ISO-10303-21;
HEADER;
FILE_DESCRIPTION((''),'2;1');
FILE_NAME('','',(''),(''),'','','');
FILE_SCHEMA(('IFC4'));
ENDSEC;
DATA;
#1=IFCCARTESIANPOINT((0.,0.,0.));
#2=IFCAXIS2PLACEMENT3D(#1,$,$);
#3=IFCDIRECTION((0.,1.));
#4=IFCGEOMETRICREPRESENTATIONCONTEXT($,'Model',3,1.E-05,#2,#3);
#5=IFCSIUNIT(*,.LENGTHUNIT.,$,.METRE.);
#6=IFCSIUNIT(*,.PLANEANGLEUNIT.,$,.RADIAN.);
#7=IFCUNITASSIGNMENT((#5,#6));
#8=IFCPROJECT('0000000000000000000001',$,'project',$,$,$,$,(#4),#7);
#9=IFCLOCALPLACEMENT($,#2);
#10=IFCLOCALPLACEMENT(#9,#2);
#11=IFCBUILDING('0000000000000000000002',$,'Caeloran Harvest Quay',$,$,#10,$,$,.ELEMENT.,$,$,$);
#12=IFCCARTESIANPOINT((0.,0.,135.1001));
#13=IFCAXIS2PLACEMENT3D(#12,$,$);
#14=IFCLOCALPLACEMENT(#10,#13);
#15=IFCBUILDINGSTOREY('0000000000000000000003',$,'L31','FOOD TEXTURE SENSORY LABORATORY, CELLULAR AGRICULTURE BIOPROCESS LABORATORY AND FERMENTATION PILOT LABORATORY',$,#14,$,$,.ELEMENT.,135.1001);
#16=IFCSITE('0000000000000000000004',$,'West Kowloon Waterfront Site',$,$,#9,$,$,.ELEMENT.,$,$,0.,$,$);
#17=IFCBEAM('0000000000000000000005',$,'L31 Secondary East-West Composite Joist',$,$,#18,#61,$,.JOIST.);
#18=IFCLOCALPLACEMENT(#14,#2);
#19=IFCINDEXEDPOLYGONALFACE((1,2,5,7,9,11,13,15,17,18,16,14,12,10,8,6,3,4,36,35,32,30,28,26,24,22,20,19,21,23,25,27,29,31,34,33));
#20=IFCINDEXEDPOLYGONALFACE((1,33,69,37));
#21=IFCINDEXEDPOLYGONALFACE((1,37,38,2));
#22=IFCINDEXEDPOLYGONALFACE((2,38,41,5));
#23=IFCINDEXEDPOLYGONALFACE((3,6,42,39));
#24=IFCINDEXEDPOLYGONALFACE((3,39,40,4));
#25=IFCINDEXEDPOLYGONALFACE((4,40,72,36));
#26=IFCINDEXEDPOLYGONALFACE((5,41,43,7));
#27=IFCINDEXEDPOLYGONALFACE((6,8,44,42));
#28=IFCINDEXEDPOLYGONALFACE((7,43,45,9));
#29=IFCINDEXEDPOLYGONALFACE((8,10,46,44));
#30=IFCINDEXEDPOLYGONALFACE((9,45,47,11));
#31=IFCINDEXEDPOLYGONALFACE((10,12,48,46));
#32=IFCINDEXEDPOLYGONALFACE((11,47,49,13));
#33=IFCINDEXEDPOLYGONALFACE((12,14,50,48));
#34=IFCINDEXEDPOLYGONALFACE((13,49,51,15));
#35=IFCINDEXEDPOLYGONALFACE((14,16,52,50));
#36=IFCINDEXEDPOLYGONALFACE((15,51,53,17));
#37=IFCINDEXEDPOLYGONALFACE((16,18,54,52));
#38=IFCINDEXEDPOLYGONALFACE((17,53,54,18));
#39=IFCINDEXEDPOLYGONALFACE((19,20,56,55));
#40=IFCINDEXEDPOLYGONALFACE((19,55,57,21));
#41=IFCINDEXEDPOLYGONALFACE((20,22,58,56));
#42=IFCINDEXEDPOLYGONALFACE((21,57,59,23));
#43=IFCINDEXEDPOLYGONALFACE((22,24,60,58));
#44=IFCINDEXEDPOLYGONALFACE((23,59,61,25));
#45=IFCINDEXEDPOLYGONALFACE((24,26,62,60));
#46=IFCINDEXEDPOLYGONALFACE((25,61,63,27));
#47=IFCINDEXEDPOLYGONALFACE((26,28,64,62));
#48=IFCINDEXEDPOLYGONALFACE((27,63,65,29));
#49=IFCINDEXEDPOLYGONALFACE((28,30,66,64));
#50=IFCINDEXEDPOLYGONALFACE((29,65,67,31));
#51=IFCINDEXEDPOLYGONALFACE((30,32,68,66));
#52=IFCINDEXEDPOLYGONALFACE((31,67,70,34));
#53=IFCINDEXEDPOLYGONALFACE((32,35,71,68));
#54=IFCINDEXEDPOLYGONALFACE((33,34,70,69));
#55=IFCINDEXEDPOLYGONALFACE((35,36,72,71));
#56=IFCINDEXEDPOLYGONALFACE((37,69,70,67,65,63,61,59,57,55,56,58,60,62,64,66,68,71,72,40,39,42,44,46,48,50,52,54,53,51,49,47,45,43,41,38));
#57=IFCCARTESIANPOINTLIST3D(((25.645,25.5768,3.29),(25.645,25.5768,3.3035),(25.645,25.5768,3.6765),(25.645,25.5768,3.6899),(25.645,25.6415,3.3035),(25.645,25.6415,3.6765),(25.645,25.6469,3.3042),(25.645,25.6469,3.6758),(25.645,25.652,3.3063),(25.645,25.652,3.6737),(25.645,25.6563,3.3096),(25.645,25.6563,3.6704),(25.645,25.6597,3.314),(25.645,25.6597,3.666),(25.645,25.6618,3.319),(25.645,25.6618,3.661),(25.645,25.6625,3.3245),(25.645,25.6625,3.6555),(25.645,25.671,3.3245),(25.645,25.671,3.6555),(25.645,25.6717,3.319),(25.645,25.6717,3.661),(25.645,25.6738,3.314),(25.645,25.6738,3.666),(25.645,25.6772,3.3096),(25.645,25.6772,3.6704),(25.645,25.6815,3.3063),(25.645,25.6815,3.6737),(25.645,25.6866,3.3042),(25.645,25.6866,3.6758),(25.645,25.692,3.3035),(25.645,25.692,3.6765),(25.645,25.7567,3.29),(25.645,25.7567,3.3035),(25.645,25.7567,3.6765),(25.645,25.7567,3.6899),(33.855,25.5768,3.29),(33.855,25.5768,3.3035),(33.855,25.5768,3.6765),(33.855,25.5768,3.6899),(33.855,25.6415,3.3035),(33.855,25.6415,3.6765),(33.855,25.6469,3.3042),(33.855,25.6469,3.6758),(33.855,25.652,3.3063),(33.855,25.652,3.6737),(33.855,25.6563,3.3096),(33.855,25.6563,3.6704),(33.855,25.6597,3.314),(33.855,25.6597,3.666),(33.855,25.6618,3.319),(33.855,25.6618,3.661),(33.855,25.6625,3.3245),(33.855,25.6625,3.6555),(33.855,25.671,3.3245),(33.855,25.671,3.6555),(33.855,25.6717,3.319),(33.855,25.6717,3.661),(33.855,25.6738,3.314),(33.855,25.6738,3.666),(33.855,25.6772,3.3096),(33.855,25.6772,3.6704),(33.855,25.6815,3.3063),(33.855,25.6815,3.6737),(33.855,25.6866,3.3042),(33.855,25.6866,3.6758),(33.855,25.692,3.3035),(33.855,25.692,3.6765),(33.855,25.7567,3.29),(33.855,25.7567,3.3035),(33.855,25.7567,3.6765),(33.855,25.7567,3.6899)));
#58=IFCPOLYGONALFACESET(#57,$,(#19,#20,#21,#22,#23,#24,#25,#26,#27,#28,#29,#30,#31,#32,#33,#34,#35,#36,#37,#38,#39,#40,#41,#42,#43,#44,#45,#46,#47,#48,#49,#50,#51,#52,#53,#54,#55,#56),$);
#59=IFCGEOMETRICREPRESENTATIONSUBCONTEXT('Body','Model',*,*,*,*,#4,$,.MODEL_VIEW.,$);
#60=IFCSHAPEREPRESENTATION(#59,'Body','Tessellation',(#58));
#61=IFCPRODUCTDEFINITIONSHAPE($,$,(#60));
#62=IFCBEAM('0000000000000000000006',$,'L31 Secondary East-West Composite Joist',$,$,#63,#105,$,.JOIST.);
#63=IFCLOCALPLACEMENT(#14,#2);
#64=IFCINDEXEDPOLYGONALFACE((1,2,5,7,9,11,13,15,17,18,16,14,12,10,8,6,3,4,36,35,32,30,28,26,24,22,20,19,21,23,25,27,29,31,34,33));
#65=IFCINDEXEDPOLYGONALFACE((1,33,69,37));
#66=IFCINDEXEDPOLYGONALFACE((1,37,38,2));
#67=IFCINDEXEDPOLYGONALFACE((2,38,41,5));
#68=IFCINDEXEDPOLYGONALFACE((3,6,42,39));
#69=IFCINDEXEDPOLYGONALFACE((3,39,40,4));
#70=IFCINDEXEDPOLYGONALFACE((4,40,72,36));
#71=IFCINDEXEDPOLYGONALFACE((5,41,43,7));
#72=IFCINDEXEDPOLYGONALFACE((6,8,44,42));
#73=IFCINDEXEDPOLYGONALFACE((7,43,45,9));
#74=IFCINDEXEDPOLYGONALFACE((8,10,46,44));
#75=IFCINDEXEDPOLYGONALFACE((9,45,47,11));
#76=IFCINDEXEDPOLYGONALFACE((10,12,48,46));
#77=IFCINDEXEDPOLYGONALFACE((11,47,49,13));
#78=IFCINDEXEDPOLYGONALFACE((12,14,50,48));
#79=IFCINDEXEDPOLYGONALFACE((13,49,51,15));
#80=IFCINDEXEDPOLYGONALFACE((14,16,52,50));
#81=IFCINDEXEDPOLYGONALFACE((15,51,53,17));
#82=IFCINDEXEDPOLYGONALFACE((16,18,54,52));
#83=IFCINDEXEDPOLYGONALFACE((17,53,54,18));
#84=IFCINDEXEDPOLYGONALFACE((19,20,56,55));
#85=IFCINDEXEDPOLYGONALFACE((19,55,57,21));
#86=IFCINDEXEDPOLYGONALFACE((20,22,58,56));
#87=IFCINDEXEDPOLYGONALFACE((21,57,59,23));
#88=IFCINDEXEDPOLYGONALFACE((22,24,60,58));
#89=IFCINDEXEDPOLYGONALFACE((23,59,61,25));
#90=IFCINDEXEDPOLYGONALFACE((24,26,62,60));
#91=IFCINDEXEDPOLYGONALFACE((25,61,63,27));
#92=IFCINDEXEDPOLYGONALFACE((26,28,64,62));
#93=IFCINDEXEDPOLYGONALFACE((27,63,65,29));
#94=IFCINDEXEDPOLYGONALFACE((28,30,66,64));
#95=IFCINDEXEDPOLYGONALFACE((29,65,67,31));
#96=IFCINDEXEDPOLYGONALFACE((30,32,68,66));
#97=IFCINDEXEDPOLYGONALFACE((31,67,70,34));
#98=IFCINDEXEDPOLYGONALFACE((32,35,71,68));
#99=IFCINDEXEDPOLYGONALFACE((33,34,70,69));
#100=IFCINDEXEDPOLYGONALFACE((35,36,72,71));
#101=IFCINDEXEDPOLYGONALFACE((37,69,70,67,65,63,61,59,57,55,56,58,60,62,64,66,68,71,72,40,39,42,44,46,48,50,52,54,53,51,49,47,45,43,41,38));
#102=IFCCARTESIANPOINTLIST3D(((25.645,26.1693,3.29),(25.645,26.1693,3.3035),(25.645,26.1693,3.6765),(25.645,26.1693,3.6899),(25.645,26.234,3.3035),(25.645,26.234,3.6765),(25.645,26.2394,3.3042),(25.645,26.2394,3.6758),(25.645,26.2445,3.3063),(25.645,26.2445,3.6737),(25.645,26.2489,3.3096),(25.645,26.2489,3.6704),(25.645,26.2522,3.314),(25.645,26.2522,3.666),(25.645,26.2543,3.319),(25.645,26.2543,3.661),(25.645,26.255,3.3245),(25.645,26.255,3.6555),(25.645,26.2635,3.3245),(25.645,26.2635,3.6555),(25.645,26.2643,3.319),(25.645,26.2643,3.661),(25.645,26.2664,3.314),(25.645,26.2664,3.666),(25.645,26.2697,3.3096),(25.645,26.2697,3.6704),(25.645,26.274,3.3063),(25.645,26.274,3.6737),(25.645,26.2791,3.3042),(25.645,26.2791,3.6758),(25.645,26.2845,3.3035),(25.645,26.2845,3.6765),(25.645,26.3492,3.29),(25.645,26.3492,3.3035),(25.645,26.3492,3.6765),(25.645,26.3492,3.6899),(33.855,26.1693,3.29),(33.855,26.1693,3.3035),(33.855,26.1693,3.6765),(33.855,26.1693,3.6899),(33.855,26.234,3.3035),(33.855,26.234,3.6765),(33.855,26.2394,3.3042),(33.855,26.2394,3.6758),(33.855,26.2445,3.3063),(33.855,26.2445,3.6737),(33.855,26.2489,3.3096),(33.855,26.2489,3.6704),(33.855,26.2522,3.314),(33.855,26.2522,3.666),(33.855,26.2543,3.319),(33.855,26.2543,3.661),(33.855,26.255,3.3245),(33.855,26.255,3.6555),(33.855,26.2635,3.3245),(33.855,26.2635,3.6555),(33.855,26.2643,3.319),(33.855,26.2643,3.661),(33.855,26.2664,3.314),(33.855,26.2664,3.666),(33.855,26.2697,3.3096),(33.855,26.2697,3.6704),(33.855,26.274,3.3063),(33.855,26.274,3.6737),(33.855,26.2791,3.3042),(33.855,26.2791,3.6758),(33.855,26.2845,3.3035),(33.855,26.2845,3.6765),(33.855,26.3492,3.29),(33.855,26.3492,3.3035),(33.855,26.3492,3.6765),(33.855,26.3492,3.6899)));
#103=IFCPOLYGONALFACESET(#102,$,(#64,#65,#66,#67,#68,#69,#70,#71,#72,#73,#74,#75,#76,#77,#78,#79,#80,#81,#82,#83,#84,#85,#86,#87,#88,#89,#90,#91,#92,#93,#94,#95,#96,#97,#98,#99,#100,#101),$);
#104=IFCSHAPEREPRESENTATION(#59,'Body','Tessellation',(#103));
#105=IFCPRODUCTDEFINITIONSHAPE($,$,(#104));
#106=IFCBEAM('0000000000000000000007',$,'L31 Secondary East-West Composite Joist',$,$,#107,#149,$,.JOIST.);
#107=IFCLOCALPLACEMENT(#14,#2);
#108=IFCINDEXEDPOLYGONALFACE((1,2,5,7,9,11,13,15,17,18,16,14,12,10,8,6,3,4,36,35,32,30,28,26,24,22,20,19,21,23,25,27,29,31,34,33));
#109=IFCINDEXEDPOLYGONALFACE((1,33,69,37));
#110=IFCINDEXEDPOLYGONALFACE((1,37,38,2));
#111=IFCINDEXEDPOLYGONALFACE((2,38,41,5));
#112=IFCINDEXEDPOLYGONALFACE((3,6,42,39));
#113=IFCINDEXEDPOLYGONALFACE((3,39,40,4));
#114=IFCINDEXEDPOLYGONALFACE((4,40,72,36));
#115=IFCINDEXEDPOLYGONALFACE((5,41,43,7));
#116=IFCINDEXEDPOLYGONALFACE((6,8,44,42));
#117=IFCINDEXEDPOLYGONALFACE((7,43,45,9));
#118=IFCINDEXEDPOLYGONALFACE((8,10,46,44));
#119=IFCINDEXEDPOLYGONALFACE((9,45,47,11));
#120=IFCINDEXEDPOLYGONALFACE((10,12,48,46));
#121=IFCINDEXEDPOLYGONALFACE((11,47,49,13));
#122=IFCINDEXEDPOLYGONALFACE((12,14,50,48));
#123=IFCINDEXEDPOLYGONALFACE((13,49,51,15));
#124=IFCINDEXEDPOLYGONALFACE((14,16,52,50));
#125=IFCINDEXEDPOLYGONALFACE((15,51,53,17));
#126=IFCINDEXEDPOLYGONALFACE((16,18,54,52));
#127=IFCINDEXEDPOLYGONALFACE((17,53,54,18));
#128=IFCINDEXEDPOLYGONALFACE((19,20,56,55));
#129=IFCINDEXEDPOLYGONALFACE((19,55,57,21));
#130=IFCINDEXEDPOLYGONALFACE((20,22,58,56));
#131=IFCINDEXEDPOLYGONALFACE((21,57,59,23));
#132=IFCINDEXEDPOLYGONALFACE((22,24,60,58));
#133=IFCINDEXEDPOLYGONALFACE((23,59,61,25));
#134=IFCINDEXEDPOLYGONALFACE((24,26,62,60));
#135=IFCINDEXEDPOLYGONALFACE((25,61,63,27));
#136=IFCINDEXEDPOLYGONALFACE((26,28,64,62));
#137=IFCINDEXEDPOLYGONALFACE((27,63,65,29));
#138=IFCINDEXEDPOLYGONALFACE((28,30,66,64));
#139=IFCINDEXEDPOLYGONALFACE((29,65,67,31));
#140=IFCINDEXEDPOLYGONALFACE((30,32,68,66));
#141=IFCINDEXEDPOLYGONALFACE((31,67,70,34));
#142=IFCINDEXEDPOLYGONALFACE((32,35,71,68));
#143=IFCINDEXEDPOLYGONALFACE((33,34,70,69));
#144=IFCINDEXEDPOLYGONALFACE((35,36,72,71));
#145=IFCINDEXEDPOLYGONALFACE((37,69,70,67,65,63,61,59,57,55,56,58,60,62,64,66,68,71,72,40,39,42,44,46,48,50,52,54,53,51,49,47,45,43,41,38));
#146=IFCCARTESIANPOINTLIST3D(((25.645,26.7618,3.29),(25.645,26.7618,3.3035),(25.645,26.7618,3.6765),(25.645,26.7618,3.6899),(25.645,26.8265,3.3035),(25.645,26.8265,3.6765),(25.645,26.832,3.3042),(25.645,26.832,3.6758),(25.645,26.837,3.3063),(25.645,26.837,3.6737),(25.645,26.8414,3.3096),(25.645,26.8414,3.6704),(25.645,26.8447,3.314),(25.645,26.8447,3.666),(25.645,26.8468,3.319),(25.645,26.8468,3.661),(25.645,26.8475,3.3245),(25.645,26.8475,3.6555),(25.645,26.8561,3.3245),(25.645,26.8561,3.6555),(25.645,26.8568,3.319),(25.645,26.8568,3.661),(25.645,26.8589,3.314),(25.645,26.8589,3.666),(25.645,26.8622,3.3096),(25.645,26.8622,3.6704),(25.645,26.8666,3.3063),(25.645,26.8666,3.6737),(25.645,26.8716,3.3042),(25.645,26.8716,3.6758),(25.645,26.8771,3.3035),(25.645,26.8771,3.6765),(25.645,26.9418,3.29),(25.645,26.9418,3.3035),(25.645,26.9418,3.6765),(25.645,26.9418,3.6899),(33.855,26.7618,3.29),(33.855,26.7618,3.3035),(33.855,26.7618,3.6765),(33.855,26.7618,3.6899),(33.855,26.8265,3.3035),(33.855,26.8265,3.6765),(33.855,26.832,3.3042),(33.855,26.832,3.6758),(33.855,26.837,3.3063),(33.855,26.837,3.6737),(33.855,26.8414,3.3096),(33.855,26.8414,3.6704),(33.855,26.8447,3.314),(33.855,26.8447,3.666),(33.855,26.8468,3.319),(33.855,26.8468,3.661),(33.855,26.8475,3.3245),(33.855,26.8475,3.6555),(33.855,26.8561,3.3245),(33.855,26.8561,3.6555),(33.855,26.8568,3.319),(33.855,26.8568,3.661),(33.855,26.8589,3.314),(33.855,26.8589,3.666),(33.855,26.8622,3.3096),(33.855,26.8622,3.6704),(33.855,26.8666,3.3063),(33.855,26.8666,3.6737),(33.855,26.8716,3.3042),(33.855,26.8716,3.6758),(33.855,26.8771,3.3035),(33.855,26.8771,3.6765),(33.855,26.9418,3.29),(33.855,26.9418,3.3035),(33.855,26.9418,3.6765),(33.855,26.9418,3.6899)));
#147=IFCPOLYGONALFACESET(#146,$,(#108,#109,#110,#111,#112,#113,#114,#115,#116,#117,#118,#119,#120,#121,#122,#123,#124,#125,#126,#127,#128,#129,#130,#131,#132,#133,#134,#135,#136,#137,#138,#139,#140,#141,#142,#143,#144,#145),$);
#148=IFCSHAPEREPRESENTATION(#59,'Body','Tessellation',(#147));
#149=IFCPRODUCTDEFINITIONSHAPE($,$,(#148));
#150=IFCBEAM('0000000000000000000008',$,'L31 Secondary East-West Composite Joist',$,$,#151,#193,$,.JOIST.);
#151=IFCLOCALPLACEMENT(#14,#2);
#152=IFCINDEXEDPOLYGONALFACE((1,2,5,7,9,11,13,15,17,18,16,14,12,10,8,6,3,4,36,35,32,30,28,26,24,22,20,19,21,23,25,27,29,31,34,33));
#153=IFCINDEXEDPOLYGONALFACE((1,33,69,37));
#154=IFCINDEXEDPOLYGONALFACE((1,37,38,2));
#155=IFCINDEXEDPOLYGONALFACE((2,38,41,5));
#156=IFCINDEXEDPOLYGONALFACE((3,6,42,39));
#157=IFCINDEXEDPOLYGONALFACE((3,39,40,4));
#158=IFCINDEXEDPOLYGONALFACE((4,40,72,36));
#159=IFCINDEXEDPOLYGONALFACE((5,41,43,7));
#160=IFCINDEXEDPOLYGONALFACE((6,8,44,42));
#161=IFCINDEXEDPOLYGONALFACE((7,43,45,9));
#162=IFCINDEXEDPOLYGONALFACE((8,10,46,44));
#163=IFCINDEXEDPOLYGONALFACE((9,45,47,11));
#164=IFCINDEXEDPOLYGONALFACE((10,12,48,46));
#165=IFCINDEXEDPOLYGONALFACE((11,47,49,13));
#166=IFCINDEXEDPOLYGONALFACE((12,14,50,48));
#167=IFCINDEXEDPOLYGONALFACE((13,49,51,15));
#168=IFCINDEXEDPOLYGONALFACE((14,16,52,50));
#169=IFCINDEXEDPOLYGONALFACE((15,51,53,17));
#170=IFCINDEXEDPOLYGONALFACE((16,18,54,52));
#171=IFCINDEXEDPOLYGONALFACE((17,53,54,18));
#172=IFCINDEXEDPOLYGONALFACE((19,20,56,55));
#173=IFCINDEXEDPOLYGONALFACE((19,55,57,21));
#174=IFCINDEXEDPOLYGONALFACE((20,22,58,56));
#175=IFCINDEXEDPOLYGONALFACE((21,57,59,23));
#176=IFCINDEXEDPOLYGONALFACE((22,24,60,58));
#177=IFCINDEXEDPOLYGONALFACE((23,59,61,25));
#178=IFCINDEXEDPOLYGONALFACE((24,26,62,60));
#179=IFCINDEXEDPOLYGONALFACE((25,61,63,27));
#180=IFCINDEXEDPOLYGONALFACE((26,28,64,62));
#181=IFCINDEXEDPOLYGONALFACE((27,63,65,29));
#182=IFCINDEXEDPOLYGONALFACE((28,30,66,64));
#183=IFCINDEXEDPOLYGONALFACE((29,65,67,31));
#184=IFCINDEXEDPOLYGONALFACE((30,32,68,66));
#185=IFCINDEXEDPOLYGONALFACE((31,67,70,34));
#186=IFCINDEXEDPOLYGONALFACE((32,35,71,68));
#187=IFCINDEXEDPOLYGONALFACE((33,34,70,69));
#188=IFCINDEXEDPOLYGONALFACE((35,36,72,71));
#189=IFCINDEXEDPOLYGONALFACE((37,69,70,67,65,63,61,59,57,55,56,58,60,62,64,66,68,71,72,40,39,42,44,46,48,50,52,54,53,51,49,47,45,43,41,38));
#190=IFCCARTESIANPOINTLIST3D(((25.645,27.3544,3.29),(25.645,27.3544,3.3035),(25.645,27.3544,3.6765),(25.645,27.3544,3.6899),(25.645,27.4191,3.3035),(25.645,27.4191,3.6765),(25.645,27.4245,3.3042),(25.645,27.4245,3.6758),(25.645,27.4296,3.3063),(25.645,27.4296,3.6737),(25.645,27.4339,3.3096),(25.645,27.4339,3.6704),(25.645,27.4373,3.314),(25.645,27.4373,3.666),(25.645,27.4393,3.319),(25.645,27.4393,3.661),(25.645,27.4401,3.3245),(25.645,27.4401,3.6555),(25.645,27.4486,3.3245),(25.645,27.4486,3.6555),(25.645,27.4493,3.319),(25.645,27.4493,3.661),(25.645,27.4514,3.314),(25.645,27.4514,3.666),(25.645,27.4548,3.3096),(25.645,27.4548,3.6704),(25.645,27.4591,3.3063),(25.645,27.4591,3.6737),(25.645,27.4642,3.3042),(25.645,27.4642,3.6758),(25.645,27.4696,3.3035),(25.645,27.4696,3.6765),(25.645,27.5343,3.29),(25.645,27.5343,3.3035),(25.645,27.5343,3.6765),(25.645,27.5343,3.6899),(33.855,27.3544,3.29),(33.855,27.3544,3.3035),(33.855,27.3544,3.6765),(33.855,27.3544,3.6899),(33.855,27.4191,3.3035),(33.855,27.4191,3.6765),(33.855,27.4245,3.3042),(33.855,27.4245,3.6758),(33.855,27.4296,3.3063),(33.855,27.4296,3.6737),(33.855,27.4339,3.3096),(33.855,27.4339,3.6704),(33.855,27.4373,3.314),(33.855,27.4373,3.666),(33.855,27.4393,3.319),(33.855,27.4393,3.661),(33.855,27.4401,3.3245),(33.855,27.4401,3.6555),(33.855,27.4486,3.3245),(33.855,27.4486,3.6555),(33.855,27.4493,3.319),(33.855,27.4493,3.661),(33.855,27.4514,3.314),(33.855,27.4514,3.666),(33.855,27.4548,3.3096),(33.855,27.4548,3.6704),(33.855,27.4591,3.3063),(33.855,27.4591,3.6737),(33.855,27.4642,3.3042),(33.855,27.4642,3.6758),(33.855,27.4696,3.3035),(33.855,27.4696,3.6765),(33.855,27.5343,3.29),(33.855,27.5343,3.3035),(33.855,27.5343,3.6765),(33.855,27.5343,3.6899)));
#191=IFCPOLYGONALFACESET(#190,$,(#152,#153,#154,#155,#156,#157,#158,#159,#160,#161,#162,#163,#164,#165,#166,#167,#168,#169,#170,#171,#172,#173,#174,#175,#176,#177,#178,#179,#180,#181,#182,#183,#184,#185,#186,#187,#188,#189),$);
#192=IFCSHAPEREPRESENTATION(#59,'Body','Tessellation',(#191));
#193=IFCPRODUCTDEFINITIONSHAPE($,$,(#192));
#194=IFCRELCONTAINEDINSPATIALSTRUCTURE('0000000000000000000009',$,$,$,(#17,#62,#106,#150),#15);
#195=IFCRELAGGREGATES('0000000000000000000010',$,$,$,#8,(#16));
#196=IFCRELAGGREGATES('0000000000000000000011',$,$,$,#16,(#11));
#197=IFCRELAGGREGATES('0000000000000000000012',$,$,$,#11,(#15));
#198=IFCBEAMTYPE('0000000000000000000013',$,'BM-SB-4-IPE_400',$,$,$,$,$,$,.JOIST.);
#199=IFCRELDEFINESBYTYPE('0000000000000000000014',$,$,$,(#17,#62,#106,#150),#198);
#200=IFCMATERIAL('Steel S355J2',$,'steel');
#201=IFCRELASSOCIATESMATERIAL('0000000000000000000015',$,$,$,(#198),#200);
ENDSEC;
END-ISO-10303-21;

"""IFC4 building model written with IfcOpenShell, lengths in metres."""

from ifc_helpers import new_model, si_unit, direction, frame, origin, origin_2d, place, context, subcontext, project, spatial, i_section, extrude, material, material_profile, profile_set, type_object, element, save


model = new_model("IFC4")

# Units and contexts
model_context = context("Model", 3, precision=1e-05, world=origin(), true_north=direction((0.0, 1.0)))
body_context = subcontext(model_context, "Body", "Model", "MODEL_VIEW")
ifc_project = project(units=[si_unit("LENGTHUNIT", "METRE"), si_unit("PLANEANGLEUNIT", "RADIAN")], contexts=[model_context])

# Site, building, storey
site_placement = place(None, origin())
site = spatial("IfcSite", under=ifc_project, at=site_placement, Name="West Kowloon Waterfront Site", CompositionType="ELEMENT", RefElevation=0.0)
building_placement = place(site_placement, origin())
building = spatial("IfcBuilding", under=site, at=building_placement, Name="Caeloran Harvest Quay", CompositionType="ELEMENT")
storey_placement = place(building_placement, frame((0.0, 0.0, 135.1001)))
storey = spatial("IfcBuildingStorey", under=building, at=storey_placement, Name="L31", Description="FOOD TEXTURE SENSORY LABORATORY, CELLULAR AGRICULTURE BIOPROCESS LABORATORY AND FERMENTATION PILOT LABORATORY", CompositionType="ELEMENT", Elevation=135.1001)

# Beams
ifc_material = material(Name="Steel S355J2", Category="steel")
ifc_material_profile_1 = material_profile(ifc_material, i_section(OverallWidth=0.1799, OverallDepth=0.3999, WebThickness=0.0085, FlangeThickness=0.0134, FilletRadius=0.021, at=origin_2d()), Name="IPE 400")
ifc_profile_set_1 = profile_set([ifc_material_profile_1], Name="Steel S355J2")
beam_type_1 = type_object("IfcBeamType", Name="BM-SB-4-IPE_400", PredefinedType="JOIST", material=ifc_profile_set_1)
for number, where, z_axis, x_axis, name in (
    (1, (25.645, 25.6667, 3.49), (1.0, 0.0, 0.0), (0.0, 1.0, 0.0), "L31 Secondary East-West Composite Joist"),
    (2, (25.645, 26.2593, 3.49), (1.0, 0.0, 0.0), (0.0, 1.0, 0.0), "L31 Secondary East-West Composite Joist"),
    (3, (25.645, 26.8518, 3.49), (1.0, 0.0, 0.0), (0.0, 1.0, 0.0), "L31 Secondary East-West Composite Joist"),
    (4, (25.645, 27.4443, 3.49), (1.0, 0.0, 0.0), (0.0, 1.0, 0.0), "L31 Secondary East-West Composite Joist"),
):
    element("IfcBeam", number, at=place(storey_placement, frame(where, z_axis=z_axis, x_axis=x_axis)), inside=storey, type_object=beam_type_1, Name=name, PredefinedType="JOIST", context=body_context, shape_type="SweptSolid", body=[
        extrude(i_section(OverallWidth=0.1799, OverallDepth=0.3999, WebThickness=0.0085, FlangeThickness=0.0134, FilletRadius=0.021, at=origin_2d()), origin(), (0.0, 0.0, 1.0), 8.21),
    ])

save(model, "model.ifc")
